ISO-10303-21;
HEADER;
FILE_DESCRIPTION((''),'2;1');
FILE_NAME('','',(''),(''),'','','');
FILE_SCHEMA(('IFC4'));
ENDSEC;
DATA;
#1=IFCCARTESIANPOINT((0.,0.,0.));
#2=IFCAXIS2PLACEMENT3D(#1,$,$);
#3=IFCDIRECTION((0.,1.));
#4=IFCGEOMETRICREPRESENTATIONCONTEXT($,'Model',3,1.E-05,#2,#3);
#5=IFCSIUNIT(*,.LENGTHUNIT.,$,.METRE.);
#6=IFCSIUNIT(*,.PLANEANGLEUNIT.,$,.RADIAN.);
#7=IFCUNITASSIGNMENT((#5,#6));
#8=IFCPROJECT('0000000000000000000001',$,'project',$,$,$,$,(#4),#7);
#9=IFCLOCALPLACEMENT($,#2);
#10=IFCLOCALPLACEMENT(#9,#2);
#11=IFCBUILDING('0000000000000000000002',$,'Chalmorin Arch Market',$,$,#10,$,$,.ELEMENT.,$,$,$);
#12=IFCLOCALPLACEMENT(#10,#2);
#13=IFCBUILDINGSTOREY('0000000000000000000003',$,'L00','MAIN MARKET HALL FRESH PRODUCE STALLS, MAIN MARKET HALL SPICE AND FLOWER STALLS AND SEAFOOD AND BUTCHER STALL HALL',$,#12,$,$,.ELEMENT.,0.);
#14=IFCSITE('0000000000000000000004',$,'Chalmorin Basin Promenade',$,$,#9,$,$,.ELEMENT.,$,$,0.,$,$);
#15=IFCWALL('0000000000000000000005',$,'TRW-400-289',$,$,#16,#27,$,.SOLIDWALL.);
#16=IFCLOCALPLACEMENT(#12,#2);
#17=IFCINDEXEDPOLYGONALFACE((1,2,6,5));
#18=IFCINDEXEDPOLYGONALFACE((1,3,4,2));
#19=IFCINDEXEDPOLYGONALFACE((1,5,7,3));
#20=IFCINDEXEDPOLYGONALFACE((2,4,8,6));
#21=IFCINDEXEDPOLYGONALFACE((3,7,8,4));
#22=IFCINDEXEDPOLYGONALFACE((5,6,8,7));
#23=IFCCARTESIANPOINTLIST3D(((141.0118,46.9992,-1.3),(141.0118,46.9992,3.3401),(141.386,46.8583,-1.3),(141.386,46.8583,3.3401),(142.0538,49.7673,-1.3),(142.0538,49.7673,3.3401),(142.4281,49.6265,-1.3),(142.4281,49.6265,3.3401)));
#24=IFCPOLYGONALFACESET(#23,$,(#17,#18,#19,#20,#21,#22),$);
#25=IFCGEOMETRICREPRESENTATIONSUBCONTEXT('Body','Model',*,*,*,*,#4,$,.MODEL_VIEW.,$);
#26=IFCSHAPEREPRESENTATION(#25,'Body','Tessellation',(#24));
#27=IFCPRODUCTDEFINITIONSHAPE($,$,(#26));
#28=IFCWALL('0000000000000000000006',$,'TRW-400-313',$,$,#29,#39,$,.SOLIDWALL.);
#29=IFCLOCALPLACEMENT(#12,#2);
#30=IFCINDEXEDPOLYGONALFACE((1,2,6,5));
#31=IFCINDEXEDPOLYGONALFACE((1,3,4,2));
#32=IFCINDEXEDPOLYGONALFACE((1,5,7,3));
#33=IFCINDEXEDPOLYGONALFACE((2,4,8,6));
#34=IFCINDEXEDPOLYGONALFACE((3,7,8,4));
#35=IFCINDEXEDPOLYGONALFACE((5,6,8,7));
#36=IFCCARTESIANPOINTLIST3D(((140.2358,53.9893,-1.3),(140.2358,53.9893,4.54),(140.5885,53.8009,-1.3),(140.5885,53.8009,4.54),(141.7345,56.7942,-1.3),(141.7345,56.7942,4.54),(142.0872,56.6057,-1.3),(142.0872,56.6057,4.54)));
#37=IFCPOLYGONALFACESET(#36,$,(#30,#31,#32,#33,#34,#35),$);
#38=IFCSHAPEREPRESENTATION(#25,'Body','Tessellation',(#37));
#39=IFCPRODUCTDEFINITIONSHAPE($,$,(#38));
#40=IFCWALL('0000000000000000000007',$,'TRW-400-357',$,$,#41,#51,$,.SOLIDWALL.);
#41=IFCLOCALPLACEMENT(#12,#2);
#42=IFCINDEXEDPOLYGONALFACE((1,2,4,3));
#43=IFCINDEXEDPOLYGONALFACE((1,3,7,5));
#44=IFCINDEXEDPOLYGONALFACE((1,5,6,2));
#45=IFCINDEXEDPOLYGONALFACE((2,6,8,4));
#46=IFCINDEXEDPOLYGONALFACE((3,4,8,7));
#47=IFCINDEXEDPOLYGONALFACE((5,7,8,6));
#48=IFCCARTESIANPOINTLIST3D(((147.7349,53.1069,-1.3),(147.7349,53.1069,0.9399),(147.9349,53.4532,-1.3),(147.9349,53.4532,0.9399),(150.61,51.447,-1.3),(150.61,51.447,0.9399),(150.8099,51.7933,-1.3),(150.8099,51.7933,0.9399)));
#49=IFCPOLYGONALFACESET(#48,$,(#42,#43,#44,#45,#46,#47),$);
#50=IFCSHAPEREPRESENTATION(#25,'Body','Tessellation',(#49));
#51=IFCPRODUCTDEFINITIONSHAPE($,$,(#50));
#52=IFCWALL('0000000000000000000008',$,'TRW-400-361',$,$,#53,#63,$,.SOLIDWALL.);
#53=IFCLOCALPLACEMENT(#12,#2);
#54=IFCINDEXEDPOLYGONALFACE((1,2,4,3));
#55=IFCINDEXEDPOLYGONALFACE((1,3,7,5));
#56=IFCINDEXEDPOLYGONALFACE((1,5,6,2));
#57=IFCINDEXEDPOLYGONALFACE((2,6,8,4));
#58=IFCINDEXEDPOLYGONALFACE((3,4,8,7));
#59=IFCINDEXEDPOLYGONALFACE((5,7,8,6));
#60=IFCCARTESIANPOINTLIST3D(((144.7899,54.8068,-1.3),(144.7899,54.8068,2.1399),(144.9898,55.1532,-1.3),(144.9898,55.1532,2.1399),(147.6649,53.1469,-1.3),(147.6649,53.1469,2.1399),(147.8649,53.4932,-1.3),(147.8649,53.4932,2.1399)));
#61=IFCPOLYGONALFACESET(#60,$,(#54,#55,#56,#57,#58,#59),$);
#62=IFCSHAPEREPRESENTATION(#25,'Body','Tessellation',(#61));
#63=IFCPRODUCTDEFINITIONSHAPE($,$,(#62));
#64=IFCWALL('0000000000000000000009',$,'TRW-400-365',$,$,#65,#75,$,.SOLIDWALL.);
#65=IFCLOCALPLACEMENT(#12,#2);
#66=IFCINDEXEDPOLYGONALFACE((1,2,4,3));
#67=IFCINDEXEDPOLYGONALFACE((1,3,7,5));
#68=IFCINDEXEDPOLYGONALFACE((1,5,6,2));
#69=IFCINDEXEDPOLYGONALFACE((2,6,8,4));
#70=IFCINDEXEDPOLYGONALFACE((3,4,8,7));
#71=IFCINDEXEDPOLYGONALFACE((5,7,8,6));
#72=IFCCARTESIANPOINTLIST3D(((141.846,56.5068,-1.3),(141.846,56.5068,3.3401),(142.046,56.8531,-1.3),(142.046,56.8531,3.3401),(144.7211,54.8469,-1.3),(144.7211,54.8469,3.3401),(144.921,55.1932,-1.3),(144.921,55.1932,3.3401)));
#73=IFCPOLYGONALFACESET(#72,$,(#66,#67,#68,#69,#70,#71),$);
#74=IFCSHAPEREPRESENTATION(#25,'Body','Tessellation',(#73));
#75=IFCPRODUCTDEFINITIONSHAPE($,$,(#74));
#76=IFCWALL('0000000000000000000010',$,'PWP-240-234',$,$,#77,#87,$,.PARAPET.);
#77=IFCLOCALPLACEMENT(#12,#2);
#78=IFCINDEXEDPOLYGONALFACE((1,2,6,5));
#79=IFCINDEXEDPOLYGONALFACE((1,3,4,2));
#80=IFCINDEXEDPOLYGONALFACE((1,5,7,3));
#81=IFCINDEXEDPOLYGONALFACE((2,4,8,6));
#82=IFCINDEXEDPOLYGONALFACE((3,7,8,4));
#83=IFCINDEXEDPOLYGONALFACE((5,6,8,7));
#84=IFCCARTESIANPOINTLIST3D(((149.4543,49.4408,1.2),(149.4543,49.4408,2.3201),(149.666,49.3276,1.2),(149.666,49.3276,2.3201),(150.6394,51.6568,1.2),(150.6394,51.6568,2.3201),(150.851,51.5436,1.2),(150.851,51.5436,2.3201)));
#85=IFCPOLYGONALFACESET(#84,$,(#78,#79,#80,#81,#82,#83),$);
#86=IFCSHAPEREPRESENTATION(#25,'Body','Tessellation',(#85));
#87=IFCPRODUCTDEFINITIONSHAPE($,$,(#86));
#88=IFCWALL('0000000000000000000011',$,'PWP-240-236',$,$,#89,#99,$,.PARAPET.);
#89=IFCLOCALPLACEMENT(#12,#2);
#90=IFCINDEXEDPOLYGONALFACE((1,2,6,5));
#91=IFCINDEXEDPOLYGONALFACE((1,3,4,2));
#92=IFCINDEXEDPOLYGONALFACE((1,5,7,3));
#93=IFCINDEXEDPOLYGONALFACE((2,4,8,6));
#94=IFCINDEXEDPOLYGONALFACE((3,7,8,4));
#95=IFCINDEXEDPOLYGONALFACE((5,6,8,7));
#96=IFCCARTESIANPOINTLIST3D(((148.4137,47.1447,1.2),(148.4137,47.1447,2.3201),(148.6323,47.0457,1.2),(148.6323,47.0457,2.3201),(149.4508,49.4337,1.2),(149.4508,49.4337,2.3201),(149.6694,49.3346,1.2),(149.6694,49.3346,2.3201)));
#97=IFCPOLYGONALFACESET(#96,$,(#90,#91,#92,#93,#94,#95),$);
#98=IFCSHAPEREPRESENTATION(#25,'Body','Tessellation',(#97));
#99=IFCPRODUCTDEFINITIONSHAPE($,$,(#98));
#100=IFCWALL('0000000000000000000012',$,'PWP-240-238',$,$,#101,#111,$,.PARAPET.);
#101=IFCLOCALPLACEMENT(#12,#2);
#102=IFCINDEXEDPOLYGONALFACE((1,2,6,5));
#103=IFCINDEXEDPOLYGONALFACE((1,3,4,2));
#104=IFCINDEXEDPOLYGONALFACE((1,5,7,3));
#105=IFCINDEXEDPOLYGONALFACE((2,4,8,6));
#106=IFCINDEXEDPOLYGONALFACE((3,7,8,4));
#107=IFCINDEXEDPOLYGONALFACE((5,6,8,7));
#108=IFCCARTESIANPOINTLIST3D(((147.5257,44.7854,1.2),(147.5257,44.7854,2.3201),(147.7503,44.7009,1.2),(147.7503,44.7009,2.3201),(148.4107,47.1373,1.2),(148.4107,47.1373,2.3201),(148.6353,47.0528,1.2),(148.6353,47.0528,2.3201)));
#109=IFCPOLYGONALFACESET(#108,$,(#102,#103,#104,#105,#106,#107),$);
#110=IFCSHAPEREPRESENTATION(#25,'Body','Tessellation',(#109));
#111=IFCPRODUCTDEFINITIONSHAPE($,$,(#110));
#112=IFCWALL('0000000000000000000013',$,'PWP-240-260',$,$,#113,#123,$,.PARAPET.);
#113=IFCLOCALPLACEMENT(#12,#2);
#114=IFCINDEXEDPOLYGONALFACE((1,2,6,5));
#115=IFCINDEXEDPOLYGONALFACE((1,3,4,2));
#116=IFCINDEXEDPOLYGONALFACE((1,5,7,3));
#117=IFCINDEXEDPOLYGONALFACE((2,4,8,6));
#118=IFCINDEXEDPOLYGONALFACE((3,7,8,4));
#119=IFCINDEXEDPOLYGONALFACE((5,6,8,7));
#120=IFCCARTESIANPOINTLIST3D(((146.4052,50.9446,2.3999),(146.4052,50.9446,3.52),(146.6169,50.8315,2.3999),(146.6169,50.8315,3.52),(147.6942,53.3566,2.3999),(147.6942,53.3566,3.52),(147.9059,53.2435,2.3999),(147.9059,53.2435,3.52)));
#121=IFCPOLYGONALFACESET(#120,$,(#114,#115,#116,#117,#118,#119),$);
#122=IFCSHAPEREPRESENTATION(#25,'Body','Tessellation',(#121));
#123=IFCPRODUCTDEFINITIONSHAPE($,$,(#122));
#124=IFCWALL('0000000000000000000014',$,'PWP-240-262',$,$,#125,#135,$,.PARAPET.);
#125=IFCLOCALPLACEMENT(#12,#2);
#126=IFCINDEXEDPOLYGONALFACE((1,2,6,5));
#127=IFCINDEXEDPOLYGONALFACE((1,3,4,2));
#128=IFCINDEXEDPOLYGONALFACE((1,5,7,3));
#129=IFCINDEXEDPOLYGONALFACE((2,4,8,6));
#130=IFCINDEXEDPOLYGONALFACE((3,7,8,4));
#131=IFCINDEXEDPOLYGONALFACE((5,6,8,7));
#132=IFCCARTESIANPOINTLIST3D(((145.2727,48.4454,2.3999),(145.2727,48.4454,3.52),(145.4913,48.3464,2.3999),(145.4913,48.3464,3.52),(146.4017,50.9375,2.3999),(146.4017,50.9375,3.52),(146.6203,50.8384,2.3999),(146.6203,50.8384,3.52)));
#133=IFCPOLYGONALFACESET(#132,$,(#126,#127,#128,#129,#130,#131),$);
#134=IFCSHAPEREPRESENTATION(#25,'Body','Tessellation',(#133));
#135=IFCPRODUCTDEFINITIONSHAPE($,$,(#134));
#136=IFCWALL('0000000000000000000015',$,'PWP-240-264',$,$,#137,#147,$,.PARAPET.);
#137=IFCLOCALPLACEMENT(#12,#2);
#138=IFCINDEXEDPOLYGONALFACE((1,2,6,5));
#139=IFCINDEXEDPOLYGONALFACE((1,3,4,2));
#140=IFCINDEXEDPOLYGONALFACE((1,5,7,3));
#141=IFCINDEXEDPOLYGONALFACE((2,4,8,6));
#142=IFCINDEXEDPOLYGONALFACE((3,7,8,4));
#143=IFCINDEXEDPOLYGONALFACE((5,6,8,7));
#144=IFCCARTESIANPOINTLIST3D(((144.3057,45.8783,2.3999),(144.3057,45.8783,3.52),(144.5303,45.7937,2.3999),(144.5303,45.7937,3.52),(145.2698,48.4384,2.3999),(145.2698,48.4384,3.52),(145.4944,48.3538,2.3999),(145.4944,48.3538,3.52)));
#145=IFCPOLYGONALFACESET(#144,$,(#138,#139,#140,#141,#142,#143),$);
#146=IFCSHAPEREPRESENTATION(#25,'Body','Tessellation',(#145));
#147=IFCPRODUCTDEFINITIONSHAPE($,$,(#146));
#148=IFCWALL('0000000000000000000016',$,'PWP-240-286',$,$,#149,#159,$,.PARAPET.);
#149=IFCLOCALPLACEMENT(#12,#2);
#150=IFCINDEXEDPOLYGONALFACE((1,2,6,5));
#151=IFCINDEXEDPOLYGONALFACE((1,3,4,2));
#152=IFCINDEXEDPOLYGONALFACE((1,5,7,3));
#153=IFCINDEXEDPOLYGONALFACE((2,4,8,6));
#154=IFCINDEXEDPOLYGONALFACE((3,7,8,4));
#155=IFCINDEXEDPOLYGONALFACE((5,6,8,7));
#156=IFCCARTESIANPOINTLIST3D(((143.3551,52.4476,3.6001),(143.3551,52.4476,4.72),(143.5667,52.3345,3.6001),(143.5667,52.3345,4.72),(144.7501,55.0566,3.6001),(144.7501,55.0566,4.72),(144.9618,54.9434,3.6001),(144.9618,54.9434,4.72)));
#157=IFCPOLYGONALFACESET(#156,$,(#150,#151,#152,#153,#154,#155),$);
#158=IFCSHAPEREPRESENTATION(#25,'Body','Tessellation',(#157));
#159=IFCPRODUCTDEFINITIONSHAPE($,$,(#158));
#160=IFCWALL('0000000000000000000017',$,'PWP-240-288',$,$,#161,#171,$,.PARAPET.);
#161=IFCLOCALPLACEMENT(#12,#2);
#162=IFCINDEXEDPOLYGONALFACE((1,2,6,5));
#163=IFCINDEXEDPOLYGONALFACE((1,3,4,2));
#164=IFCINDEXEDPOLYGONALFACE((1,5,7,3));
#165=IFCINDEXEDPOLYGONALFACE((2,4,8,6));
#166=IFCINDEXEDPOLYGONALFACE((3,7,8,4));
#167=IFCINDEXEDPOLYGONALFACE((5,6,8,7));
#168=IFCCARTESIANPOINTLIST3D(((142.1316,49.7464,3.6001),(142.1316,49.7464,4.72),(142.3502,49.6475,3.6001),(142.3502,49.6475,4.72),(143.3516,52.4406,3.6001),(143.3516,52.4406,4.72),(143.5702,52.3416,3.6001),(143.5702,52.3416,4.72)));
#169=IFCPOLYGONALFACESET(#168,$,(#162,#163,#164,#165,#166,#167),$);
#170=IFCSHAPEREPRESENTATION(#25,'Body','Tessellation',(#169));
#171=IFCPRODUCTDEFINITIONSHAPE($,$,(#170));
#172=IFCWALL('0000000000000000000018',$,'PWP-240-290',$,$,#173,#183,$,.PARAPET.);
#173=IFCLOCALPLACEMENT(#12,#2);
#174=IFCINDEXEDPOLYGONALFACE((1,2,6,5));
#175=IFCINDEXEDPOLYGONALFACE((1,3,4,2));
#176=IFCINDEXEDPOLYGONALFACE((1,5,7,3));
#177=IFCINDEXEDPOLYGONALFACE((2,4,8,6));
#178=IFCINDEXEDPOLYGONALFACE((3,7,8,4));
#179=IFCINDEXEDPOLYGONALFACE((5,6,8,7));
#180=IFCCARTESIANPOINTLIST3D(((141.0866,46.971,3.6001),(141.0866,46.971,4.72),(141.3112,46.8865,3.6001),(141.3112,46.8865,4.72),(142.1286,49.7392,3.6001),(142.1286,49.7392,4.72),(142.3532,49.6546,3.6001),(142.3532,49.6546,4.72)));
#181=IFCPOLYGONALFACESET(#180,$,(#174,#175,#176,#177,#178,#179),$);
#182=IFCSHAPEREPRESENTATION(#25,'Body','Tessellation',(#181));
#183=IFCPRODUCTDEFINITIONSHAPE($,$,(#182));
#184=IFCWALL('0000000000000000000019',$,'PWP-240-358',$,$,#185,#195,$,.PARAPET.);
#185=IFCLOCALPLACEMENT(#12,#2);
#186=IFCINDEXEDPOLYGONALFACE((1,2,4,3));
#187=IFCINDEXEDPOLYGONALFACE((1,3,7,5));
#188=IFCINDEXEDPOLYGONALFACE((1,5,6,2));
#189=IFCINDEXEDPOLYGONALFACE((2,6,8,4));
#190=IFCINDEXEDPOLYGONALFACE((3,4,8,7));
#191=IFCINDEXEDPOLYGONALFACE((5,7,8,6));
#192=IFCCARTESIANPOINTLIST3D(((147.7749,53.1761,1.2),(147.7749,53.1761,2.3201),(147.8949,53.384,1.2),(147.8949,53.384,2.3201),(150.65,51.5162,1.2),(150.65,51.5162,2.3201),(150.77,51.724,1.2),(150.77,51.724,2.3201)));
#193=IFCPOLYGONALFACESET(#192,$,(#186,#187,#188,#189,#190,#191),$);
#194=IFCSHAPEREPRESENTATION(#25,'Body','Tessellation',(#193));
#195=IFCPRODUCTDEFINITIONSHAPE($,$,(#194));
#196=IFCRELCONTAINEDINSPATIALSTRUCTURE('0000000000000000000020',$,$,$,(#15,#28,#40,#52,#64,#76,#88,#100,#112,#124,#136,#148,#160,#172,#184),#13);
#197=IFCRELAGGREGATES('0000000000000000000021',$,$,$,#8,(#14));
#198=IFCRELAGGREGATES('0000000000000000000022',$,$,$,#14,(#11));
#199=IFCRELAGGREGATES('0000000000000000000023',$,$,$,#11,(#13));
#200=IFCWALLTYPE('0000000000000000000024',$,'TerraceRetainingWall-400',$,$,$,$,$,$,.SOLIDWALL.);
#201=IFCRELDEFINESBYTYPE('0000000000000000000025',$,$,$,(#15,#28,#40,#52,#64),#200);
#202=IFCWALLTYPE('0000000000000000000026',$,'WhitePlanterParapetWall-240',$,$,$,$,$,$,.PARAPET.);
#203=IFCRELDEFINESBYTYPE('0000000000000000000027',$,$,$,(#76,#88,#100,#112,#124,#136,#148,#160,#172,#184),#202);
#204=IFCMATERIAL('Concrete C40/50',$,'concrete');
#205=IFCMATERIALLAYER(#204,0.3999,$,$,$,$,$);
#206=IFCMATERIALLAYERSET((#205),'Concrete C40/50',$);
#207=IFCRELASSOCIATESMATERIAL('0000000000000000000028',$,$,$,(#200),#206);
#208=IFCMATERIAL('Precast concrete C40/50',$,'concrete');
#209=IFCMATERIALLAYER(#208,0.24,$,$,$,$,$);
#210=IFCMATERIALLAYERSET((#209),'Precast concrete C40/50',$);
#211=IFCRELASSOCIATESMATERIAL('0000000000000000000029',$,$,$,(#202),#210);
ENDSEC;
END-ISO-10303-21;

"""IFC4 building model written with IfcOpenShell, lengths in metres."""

from ifc_helpers import new_model, si_unit, direction, frame, frame_2d, origin, place, context, subcontext, project, spatial, rectangle, extrude, material, layer, layer_set, type_object, element, save


model = new_model("IFC4")

# Units and contexts
model_context = context("Model", 3, precision=1e-05, world=origin(), true_north=direction((0.0, 1.0)))
body_context = subcontext(model_context, "Body", "Model", "MODEL_VIEW")
ifc_project = project(units=[si_unit("LENGTHUNIT", "METRE"), si_unit("PLANEANGLEUNIT", "RADIAN")], contexts=[model_context])

# Site, building, storey
site_placement = place(None, origin())
site = spatial("IfcSite", under=ifc_project, at=site_placement, Name="Chalmorin Basin Promenade", CompositionType="ELEMENT", RefElevation=0.0)
building_placement = place(site_placement, origin())
building = spatial("IfcBuilding", under=site, at=building_placement, Name="Chalmorin Arch Market", CompositionType="ELEMENT")
storey_placement = place(building_placement, origin())
storey = spatial("IfcBuildingStorey", under=building, at=storey_placement, Name="L00", Description="MAIN MARKET HALL FRESH PRODUCE STALLS, MAIN MARKET HALL SPICE AND FLOWER STALLS AND SEAFOOD AND BUTCHER STALL HALL", CompositionType="ELEMENT", Elevation=0.0)

# Shared definitions
ifc_material_1 = material(Name="Concrete C40/50", Category="concrete")

# Walls
ifc_layer_1 = layer(ifc_material_1, 0.3999)
ifc_layer_set_1 = layer_set([ifc_layer_1], Name="Concrete C40/50")
wall_type_1 = type_object("IfcWallType", Name="TerraceRetainingWall-400", PredefinedType="SOLIDWALL", material=ifc_layer_set_1)
wall_1_placement = place(storey_placement, frame((142.241, 49.697, -1.3), z_axis=(0.0, 0.0, 1.0), x_axis=(-0.352299, -0.935887, 0.0)))
element("IfcWall", 1, at=wall_1_placement, inside=storey, type_object=wall_type_1, Name="TRW-400-289", PredefinedType="SOLIDWALL", context=body_context, shape_type="SweptSolid", body=[
    extrude(rectangle(XDim=2.9578, YDim=0.3999, at=frame_2d((1.479, 0.0))), origin(), (0.0, 0.0, 1.0), 4.6401),
])
wall_2_placement = place(storey_placement, frame((141.9109, 56.7, -1.3), z_axis=(0.0, 0.0, 1.0), x_axis=(-0.471277, -0.881985, 0.0)))
element("IfcWall", 2, at=wall_2_placement, inside=storey, type_object=wall_type_1, Name="TRW-400-313", PredefinedType="SOLIDWALL", context=body_context, shape_type="SweptSolid", body=[
    extrude(rectangle(XDim=3.1802, YDim=0.3999, at=frame_2d((1.5901, 0.0))), origin(), (0.0, 0.0, 1.0), 5.8401),
])
wall_3_placement = place(storey_placement, frame((150.71, 51.6201, -1.3), z_axis=(0.0, 0.0, 1.0), x_axis=(-0.866021, 0.500007, 0.0)))
element("IfcWall", 3, at=wall_3_placement, inside=storey, type_object=wall_type_1, Name="TRW-400-357", PredefinedType="SOLIDWALL", context=body_context, shape_type="SweptSolid", body=[
    extrude(rectangle(XDim=3.3198, YDim=0.3999, at=frame_2d((1.6599, 0.0))), origin(), (0.0, 0.0, 1.0), 2.24),
])
wall_4_placement = place(storey_placement, frame((147.7649, 53.3201, -1.3), z_axis=(0.0, 0.0, 1.0), x_axis=(-0.866021, 0.500007, 0.0)))
element("IfcWall", 4, at=wall_4_placement, inside=storey, type_object=wall_type_1, Name="TRW-400-361", PredefinedType="SOLIDWALL", context=body_context, shape_type="SweptSolid", body=[
    extrude(rectangle(XDim=3.3198, YDim=0.3999, at=frame_2d((1.6599, 0.0))), origin(), (0.0, 0.0, 1.0), 3.4399),
])
wall_5_placement = place(storey_placement, frame((144.821, 55.02, -1.3), z_axis=(0.0, 0.0, 1.0), x_axis=(-0.866021, 0.500007, 0.0)))
element("IfcWall", 5, at=wall_5_placement, inside=storey, type_object=wall_type_1, Name="TRW-400-365", PredefinedType="SOLIDWALL", context=body_context, shape_type="SweptSolid", body=[
    extrude(rectangle(XDim=3.3198, YDim=0.3999, at=frame_2d((1.6599, 0.0))), origin(), (0.0, 0.0, 1.0), 4.6401),
])
ifc_material_2 = material(Name="Precast concrete C40/50", Category="concrete")
ifc_layer_2 = layer(ifc_material_2, 0.24)
ifc_layer_set_2 = layer_set([ifc_layer_2], Name="Precast concrete C40/50")
wall_type_2 = type_object("IfcWallType", Name="WhitePlanterParapetWall-240", PredefinedType="PARAPET", material=ifc_layer_set_2)
for number, where, z_axis, x_axis, name in (
    (6, (150.7451, 51.6001, 1.2), (0.0, 0.0, 1.0), (-0.471566, -0.881831, 0.0), "PWP-240-234"),
    (7, (149.5601, 49.384, 1.2), (0.0, 0.0, 1.0), (-0.41269, -0.910872, 0.0), "PWP-240-236"),
    (8, (148.5229, 47.095, 1.2), (0.0, 0.0, 1.0), (-0.352167, -0.935937, 0.0), "PWP-240-238"),
):
    element("IfcWall", number, at=place(storey_placement, frame(where, z_axis=z_axis, x_axis=x_axis)), inside=storey, type_object=wall_type_2, Name=name, PredefinedType="PARAPET", context=body_context, shape_type="SweptSolid", body=[
        extrude(rectangle(XDim=2.5129, YDim=0.24, at=frame_2d((1.2563, 0.0))), origin(), (0.0, 0.0, 1.0), 1.1201),
    ])
wall_6_placement = place(storey_placement, frame((147.8, 53.3, 2.3999), z_axis=(0.0, 0.0, 1.0), x_axis=(-0.471329, -0.881957, 0.0)))
element("IfcWall", 9, at=wall_6_placement, inside=storey, type_object=wall_type_2, Name="PWP-240-260", PredefinedType="PARAPET", context=body_context, shape_type="SweptSolid", body=[
    extrude(rectangle(XDim=2.7349, YDim=0.24, at=frame_2d((1.3674, 0.0))), origin(), (0.0, 0.0, 1.0), 1.1201),
])
wall_7_placement = place(storey_placement, frame((146.511, 50.8879, 2.3999), z_axis=(0.0, 0.0, 1.0), x_axis=(-0.412653, -0.910888, 0.0)))
element("IfcWall", 10, at=wall_7_placement, inside=storey, type_object=wall_type_2, Name="PWP-240-262", PredefinedType="PARAPET", context=body_context, shape_type="SweptSolid", body=[
    extrude(rectangle(XDim=2.7358, YDim=0.24, at=frame_2d((1.3679, 0.0))), origin(), (0.0, 0.0, 1.0), 1.1201),
])
wall_8_placement = place(storey_placement, frame((145.3821, 48.396, 2.3999), z_axis=(0.0, 0.0, 1.0), x_axis=(-0.352434, -0.935837, 0.0)))
element("IfcWall", 11, at=wall_8_placement, inside=storey, type_object=wall_type_2, Name="PWP-240-264", PredefinedType="PARAPET", context=body_context, shape_type="SweptSolid", body=[
    extrude(rectangle(XDim=2.7356, YDim=0.24, at=frame_2d((1.3677, 0.0))), origin(), (0.0, 0.0, 1.0), 1.1201),
])
wall_9_placement = place(storey_placement, frame((144.856, 55.0, 3.6001), z_axis=(0.0, 0.0, 1.0), x_axis=(-0.471539, -0.881845, 0.0)))
element("IfcWall", 12, at=wall_9_placement, inside=storey, type_object=wall_type_2, Name="PWP-240-286", PredefinedType="PARAPET", context=body_context, shape_type="SweptSolid", body=[
    extrude(rectangle(XDim=2.9585, YDim=0.24, at=frame_2d((1.4792, 0.0))), origin(), (0.0, 0.0, 1.0), 1.1199),
])
wall_10_placement = place(storey_placement, frame((143.4609, 52.3911, 3.6001), z_axis=(0.0, 0.0, 1.0), x_axis=(-0.412509, -0.910954, 0.0)))
element("IfcWall", 13, at=wall_10_placement, inside=storey, type_object=wall_type_2, Name="PWP-240-288", PredefinedType="PARAPET", context=body_context, shape_type="SweptSolid", body=[
    extrude(rectangle(XDim=2.9575, YDim=0.24, at=frame_2d((1.4788, 0.0))), origin(), (0.0, 0.0, 1.0), 1.1199),
])
wall_11_placement = place(storey_placement, frame((142.241, 49.697, 3.6001), z_axis=(0.0, 0.0, 1.0), x_axis=(-0.352299, -0.935887, 0.0)))
element("IfcWall", 14, at=wall_11_placement, inside=storey, type_object=wall_type_2, Name="PWP-240-290", PredefinedType="PARAPET", context=body_context, shape_type="SweptSolid", body=[
    extrude(rectangle(XDim=2.9578, YDim=0.24, at=frame_2d((1.479, 0.0))), origin(), (0.0, 0.0, 1.0), 1.1199),
])
for number, where, z_axis, x_axis, name in (
    (15, (150.71, 51.6201, 1.2), (0.0, 0.0, 1.0), (-0.866021, 0.500007, 0.0), "PWP-240-358"),
):
    element("IfcWall", number, at=place(storey_placement, frame(where, z_axis=z_axis, x_axis=x_axis)), inside=storey, type_object=wall_type_2, Name=name, PredefinedType="PARAPET", context=body_context, shape_type="SweptSolid", body=[
        extrude(rectangle(XDim=3.3198, YDim=0.24, at=frame_2d((1.6599, 0.0))), origin(), (0.0, 0.0, 1.0), 1.1201),
    ])

save(model, "model.ifc")
